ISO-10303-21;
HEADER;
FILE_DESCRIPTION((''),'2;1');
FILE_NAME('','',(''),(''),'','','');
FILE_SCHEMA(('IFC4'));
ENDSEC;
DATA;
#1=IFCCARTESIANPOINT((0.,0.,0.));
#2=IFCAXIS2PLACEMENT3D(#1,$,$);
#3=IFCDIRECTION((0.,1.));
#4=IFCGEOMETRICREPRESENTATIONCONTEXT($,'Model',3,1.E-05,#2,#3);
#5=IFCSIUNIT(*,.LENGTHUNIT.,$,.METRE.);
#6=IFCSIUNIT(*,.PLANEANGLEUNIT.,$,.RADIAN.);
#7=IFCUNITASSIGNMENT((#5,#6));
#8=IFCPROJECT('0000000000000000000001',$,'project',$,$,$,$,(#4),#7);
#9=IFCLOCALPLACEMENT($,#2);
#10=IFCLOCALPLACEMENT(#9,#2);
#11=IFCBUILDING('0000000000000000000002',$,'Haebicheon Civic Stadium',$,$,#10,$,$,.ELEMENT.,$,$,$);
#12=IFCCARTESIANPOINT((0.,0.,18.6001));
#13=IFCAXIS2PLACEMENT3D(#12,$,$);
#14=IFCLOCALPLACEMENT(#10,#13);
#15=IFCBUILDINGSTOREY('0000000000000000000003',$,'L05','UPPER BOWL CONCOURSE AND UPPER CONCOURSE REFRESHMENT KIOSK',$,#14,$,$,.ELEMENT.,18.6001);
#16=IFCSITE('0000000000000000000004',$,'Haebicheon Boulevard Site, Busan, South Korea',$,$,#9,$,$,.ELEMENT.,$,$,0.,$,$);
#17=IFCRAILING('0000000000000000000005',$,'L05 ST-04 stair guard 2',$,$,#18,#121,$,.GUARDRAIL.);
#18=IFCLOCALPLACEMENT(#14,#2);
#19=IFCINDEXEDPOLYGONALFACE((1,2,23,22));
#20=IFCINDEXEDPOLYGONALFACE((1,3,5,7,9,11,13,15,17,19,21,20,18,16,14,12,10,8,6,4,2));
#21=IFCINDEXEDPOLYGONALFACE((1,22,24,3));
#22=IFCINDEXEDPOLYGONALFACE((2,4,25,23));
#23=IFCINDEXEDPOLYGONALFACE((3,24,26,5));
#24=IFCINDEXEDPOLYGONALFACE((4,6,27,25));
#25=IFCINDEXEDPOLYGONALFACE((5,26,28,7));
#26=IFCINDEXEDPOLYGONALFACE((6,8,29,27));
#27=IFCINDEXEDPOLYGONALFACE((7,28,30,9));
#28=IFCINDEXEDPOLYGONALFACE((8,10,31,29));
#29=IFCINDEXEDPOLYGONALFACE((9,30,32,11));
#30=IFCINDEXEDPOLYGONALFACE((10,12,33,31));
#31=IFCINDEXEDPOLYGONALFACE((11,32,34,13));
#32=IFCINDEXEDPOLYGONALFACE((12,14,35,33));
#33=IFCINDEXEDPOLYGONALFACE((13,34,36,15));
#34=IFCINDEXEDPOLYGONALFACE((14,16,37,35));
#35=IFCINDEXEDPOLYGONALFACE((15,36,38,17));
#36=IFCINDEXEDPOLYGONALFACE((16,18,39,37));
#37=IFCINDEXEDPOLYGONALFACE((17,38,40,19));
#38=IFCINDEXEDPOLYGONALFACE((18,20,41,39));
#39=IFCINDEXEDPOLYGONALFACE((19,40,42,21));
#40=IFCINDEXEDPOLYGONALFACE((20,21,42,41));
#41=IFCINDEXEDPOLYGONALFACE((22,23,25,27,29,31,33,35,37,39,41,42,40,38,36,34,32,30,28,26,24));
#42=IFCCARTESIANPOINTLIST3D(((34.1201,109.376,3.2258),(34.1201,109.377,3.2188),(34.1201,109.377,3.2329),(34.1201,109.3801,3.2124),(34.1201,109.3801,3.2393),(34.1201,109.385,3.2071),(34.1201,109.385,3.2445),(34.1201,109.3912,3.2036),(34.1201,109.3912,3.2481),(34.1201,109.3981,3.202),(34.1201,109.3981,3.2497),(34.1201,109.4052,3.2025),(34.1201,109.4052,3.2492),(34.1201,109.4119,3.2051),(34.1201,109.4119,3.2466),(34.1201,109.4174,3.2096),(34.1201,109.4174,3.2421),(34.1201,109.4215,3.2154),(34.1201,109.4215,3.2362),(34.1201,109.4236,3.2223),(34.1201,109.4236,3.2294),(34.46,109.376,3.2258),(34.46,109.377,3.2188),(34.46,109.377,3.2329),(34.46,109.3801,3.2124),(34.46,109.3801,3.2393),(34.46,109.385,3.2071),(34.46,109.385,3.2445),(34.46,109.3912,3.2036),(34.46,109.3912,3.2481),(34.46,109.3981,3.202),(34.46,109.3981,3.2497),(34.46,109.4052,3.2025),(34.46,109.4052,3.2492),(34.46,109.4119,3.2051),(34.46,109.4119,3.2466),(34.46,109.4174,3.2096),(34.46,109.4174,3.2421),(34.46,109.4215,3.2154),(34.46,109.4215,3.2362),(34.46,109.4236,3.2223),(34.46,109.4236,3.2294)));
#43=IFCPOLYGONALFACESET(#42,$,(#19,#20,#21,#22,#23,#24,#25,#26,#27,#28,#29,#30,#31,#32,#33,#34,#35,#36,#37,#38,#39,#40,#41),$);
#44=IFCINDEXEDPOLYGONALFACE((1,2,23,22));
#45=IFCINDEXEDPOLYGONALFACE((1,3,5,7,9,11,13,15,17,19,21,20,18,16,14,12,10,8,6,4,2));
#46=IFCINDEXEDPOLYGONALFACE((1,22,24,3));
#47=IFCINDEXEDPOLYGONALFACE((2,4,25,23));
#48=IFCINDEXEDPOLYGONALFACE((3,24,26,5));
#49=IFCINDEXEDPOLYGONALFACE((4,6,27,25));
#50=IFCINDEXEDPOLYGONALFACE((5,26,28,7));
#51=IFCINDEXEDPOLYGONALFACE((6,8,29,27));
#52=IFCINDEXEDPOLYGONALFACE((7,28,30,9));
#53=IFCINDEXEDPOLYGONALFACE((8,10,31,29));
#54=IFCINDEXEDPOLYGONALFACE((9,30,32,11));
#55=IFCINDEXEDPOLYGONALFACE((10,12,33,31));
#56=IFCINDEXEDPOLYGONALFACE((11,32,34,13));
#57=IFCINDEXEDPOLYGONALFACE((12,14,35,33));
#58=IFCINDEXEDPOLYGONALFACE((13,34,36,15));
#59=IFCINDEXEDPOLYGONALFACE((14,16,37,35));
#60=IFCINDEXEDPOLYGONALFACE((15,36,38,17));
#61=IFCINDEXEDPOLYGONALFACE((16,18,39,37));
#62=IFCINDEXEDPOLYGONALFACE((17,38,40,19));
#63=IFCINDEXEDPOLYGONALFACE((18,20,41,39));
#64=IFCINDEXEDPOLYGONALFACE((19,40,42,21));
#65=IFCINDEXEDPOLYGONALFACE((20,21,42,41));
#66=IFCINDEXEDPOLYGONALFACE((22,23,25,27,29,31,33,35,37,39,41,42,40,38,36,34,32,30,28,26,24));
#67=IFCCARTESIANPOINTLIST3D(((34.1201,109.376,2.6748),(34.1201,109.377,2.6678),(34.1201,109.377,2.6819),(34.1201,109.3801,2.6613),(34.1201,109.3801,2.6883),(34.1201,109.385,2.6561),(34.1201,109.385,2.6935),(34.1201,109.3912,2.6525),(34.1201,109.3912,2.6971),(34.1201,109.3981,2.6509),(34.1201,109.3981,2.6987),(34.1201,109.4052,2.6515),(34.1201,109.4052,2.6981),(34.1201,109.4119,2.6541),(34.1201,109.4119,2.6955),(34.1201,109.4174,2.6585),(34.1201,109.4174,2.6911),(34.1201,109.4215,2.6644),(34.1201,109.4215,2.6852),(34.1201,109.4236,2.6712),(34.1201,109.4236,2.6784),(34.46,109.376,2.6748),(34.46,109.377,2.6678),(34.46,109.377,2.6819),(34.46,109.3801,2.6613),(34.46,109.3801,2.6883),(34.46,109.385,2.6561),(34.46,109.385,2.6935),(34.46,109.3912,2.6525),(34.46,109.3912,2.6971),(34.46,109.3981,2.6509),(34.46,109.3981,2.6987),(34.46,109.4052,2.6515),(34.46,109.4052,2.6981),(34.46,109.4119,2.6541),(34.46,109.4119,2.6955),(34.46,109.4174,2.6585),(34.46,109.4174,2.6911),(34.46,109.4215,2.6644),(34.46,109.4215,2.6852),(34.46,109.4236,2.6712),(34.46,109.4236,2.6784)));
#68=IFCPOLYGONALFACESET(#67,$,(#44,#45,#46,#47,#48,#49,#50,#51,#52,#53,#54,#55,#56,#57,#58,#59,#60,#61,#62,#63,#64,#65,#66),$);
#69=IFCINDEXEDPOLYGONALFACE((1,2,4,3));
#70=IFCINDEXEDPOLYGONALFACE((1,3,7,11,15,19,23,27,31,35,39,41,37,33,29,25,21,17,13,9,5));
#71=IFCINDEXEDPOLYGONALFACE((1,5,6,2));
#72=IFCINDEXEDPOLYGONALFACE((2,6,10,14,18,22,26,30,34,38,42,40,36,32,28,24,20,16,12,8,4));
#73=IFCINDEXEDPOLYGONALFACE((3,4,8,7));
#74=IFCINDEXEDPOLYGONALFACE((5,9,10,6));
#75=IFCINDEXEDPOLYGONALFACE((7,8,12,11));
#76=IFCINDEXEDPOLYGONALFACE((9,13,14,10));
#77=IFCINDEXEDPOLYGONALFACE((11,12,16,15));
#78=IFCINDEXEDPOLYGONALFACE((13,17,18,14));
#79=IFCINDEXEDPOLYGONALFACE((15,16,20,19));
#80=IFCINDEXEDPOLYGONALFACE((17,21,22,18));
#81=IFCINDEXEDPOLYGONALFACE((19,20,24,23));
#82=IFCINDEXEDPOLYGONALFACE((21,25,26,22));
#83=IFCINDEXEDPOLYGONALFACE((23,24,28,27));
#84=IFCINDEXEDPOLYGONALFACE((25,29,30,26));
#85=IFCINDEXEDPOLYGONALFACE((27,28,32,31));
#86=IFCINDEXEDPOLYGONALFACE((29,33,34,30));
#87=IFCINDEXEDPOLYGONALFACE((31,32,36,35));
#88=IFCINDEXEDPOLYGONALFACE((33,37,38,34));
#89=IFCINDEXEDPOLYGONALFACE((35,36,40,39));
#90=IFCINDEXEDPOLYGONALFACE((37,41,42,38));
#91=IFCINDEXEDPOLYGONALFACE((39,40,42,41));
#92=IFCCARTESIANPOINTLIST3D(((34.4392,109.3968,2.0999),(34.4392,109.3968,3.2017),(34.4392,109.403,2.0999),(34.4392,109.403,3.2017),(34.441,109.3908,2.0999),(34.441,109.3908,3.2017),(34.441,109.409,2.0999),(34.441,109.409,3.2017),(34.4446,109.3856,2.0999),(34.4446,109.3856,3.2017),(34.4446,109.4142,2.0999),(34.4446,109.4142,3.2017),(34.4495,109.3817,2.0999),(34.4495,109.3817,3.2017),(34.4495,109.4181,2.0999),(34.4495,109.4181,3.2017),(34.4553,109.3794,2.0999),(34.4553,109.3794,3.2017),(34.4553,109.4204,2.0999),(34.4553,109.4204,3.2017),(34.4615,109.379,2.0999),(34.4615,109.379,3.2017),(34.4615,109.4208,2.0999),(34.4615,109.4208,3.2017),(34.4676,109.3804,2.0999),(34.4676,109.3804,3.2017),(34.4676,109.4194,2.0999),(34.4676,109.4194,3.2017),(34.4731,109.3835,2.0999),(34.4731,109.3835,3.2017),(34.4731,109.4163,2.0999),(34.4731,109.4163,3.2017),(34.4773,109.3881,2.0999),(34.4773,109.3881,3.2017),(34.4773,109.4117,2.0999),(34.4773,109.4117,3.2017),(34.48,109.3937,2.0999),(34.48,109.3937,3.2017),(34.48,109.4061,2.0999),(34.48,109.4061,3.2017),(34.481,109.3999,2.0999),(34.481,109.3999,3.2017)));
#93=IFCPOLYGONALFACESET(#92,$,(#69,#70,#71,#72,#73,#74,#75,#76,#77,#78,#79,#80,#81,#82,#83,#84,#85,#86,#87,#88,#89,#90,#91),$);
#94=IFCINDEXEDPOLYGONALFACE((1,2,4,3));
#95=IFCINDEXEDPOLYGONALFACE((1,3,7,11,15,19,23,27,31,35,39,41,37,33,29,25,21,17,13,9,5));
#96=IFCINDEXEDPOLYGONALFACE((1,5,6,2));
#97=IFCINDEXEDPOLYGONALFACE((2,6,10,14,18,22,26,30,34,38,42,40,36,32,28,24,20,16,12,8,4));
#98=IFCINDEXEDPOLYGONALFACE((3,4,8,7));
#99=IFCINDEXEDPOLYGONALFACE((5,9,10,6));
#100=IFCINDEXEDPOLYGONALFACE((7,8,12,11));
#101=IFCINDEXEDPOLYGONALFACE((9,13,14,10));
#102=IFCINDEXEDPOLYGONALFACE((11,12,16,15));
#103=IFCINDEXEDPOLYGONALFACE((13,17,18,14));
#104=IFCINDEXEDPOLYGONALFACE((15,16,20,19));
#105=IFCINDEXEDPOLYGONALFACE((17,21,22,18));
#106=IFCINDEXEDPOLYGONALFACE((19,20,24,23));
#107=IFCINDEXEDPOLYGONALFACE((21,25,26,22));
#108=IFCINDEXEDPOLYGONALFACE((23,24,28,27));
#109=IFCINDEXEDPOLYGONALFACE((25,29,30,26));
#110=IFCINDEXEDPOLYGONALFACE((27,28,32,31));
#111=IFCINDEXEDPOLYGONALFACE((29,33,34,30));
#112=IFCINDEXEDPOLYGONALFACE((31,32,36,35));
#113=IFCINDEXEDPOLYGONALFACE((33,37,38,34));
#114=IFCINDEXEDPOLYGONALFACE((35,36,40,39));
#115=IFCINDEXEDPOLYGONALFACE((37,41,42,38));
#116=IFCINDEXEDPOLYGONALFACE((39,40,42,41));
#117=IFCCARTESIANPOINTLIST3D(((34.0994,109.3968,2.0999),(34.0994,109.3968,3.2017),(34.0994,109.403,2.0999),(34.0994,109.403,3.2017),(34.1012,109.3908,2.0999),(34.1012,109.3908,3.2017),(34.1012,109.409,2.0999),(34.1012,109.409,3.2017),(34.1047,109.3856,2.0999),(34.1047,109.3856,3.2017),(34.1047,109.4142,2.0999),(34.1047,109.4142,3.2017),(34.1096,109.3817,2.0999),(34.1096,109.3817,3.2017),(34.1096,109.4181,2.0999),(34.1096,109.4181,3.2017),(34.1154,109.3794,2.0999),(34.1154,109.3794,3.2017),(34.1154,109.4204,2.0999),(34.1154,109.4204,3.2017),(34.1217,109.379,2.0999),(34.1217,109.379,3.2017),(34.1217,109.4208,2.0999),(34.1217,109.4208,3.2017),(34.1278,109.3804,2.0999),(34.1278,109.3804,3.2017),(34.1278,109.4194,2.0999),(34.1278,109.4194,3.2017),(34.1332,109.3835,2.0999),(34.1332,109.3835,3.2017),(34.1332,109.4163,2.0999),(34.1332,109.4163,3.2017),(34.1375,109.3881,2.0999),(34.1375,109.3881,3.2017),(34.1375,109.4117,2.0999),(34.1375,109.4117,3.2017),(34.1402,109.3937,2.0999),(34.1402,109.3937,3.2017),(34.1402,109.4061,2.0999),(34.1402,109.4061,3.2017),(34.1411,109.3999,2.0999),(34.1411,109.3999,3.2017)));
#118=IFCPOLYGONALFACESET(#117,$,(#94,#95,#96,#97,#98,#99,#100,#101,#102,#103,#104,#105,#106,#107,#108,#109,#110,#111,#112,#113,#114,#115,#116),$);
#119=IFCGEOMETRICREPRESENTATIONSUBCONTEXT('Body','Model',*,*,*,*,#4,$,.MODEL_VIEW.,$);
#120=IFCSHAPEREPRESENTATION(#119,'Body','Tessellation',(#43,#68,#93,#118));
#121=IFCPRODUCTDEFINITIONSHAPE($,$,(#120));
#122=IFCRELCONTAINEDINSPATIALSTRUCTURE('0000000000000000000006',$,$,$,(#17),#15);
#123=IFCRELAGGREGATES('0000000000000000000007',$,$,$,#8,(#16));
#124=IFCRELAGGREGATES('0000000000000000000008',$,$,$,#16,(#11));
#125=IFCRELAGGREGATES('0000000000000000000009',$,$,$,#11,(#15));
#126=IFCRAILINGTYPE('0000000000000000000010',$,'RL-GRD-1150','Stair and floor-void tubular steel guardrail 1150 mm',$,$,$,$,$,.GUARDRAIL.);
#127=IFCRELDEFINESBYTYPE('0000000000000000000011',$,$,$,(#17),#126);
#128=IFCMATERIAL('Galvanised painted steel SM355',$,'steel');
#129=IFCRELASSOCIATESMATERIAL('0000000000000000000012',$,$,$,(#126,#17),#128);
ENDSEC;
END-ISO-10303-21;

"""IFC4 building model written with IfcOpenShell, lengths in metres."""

from ifc_helpers import new_model, si_unit, direction, frame, origin, origin_2d, place, context, subcontext, project, spatial, circle, extrude, material, type_object, element, save


model = new_model("IFC4")

# Units and contexts
model_context = context("Model", 3, precision=1e-05, world=origin(), true_north=direction((0.0, 1.0)))
body_context = subcontext(model_context, "Body", "Model", "MODEL_VIEW")
ifc_project = project(units=[si_unit("LENGTHUNIT", "METRE"), si_unit("PLANEANGLEUNIT", "RADIAN")], contexts=[model_context])

# Site, building, storey
site_placement = place(None, origin())
site = spatial("IfcSite", under=ifc_project, at=site_placement, Name="Haebicheon Boulevard Site, Busan, South Korea", CompositionType="ELEMENT", RefElevation=0.0)
building_placement = place(site_placement, origin())
building = spatial("IfcBuilding", under=site, at=building_placement, Name="Haebicheon Civic Stadium", CompositionType="ELEMENT")
storey_placement = place(building_placement, frame((0.0, 0.0, 18.6001)))
storey = spatial("IfcBuildingStorey", under=building, at=storey_placement, Name="L05", Description="UPPER BOWL CONCOURSE AND UPPER CONCOURSE REFRESHMENT KIOSK", CompositionType="ELEMENT", Elevation=18.6001)

# Railing
ifc_material_1 = material(Name="Galvanised painted steel SM355", Category="steel")
railing_type_1 = type_object("IfcRailingType", Name="RL-GRD-1150", Description="Stair and floor-void tubular steel guardrail 1150 mm", PredefinedType="GUARDRAIL", material=ifc_material_1)
railing_1_placement = place(storey_placement, frame((34.46, 109.3999, 2.0999)))
element("IfcRailing", 1, at=railing_1_placement, inside=storey, type_object=railing_type_1, material=ifc_material_1, Name="L05 ST-04 stair guard 2", PredefinedType="GUARDRAIL", context=body_context, shape_type="SweptSolid", body=[
    extrude(circle(Radius=0.0239, at=origin_2d()), frame((0.0, 0.0, 1.126), z_axis=(-1.0, 0.0, 0.0), x_axis=(0.0, -1.0, 0.0)), (0.0, 0.0, 1.0), 0.3398),
    extrude(circle(Radius=0.0239, at=origin_2d()), frame((0.0, 0.0, 0.575), z_axis=(-1.0, 0.0, 0.0), x_axis=(0.0, -1.0, 0.0)), (0.0, 0.0, 1.0), 0.3398),
    extrude(circle(Radius=0.021, at=origin_2d()), origin(), (0.0, 0.0, 1.0), 1.1018),
    extrude(circle(Radius=0.021, at=origin_2d()), frame((-0.3398, 0.0, 0.0)), (0.0, 0.0, 1.0), 1.1018),
])

save(model, "model.ifc")
